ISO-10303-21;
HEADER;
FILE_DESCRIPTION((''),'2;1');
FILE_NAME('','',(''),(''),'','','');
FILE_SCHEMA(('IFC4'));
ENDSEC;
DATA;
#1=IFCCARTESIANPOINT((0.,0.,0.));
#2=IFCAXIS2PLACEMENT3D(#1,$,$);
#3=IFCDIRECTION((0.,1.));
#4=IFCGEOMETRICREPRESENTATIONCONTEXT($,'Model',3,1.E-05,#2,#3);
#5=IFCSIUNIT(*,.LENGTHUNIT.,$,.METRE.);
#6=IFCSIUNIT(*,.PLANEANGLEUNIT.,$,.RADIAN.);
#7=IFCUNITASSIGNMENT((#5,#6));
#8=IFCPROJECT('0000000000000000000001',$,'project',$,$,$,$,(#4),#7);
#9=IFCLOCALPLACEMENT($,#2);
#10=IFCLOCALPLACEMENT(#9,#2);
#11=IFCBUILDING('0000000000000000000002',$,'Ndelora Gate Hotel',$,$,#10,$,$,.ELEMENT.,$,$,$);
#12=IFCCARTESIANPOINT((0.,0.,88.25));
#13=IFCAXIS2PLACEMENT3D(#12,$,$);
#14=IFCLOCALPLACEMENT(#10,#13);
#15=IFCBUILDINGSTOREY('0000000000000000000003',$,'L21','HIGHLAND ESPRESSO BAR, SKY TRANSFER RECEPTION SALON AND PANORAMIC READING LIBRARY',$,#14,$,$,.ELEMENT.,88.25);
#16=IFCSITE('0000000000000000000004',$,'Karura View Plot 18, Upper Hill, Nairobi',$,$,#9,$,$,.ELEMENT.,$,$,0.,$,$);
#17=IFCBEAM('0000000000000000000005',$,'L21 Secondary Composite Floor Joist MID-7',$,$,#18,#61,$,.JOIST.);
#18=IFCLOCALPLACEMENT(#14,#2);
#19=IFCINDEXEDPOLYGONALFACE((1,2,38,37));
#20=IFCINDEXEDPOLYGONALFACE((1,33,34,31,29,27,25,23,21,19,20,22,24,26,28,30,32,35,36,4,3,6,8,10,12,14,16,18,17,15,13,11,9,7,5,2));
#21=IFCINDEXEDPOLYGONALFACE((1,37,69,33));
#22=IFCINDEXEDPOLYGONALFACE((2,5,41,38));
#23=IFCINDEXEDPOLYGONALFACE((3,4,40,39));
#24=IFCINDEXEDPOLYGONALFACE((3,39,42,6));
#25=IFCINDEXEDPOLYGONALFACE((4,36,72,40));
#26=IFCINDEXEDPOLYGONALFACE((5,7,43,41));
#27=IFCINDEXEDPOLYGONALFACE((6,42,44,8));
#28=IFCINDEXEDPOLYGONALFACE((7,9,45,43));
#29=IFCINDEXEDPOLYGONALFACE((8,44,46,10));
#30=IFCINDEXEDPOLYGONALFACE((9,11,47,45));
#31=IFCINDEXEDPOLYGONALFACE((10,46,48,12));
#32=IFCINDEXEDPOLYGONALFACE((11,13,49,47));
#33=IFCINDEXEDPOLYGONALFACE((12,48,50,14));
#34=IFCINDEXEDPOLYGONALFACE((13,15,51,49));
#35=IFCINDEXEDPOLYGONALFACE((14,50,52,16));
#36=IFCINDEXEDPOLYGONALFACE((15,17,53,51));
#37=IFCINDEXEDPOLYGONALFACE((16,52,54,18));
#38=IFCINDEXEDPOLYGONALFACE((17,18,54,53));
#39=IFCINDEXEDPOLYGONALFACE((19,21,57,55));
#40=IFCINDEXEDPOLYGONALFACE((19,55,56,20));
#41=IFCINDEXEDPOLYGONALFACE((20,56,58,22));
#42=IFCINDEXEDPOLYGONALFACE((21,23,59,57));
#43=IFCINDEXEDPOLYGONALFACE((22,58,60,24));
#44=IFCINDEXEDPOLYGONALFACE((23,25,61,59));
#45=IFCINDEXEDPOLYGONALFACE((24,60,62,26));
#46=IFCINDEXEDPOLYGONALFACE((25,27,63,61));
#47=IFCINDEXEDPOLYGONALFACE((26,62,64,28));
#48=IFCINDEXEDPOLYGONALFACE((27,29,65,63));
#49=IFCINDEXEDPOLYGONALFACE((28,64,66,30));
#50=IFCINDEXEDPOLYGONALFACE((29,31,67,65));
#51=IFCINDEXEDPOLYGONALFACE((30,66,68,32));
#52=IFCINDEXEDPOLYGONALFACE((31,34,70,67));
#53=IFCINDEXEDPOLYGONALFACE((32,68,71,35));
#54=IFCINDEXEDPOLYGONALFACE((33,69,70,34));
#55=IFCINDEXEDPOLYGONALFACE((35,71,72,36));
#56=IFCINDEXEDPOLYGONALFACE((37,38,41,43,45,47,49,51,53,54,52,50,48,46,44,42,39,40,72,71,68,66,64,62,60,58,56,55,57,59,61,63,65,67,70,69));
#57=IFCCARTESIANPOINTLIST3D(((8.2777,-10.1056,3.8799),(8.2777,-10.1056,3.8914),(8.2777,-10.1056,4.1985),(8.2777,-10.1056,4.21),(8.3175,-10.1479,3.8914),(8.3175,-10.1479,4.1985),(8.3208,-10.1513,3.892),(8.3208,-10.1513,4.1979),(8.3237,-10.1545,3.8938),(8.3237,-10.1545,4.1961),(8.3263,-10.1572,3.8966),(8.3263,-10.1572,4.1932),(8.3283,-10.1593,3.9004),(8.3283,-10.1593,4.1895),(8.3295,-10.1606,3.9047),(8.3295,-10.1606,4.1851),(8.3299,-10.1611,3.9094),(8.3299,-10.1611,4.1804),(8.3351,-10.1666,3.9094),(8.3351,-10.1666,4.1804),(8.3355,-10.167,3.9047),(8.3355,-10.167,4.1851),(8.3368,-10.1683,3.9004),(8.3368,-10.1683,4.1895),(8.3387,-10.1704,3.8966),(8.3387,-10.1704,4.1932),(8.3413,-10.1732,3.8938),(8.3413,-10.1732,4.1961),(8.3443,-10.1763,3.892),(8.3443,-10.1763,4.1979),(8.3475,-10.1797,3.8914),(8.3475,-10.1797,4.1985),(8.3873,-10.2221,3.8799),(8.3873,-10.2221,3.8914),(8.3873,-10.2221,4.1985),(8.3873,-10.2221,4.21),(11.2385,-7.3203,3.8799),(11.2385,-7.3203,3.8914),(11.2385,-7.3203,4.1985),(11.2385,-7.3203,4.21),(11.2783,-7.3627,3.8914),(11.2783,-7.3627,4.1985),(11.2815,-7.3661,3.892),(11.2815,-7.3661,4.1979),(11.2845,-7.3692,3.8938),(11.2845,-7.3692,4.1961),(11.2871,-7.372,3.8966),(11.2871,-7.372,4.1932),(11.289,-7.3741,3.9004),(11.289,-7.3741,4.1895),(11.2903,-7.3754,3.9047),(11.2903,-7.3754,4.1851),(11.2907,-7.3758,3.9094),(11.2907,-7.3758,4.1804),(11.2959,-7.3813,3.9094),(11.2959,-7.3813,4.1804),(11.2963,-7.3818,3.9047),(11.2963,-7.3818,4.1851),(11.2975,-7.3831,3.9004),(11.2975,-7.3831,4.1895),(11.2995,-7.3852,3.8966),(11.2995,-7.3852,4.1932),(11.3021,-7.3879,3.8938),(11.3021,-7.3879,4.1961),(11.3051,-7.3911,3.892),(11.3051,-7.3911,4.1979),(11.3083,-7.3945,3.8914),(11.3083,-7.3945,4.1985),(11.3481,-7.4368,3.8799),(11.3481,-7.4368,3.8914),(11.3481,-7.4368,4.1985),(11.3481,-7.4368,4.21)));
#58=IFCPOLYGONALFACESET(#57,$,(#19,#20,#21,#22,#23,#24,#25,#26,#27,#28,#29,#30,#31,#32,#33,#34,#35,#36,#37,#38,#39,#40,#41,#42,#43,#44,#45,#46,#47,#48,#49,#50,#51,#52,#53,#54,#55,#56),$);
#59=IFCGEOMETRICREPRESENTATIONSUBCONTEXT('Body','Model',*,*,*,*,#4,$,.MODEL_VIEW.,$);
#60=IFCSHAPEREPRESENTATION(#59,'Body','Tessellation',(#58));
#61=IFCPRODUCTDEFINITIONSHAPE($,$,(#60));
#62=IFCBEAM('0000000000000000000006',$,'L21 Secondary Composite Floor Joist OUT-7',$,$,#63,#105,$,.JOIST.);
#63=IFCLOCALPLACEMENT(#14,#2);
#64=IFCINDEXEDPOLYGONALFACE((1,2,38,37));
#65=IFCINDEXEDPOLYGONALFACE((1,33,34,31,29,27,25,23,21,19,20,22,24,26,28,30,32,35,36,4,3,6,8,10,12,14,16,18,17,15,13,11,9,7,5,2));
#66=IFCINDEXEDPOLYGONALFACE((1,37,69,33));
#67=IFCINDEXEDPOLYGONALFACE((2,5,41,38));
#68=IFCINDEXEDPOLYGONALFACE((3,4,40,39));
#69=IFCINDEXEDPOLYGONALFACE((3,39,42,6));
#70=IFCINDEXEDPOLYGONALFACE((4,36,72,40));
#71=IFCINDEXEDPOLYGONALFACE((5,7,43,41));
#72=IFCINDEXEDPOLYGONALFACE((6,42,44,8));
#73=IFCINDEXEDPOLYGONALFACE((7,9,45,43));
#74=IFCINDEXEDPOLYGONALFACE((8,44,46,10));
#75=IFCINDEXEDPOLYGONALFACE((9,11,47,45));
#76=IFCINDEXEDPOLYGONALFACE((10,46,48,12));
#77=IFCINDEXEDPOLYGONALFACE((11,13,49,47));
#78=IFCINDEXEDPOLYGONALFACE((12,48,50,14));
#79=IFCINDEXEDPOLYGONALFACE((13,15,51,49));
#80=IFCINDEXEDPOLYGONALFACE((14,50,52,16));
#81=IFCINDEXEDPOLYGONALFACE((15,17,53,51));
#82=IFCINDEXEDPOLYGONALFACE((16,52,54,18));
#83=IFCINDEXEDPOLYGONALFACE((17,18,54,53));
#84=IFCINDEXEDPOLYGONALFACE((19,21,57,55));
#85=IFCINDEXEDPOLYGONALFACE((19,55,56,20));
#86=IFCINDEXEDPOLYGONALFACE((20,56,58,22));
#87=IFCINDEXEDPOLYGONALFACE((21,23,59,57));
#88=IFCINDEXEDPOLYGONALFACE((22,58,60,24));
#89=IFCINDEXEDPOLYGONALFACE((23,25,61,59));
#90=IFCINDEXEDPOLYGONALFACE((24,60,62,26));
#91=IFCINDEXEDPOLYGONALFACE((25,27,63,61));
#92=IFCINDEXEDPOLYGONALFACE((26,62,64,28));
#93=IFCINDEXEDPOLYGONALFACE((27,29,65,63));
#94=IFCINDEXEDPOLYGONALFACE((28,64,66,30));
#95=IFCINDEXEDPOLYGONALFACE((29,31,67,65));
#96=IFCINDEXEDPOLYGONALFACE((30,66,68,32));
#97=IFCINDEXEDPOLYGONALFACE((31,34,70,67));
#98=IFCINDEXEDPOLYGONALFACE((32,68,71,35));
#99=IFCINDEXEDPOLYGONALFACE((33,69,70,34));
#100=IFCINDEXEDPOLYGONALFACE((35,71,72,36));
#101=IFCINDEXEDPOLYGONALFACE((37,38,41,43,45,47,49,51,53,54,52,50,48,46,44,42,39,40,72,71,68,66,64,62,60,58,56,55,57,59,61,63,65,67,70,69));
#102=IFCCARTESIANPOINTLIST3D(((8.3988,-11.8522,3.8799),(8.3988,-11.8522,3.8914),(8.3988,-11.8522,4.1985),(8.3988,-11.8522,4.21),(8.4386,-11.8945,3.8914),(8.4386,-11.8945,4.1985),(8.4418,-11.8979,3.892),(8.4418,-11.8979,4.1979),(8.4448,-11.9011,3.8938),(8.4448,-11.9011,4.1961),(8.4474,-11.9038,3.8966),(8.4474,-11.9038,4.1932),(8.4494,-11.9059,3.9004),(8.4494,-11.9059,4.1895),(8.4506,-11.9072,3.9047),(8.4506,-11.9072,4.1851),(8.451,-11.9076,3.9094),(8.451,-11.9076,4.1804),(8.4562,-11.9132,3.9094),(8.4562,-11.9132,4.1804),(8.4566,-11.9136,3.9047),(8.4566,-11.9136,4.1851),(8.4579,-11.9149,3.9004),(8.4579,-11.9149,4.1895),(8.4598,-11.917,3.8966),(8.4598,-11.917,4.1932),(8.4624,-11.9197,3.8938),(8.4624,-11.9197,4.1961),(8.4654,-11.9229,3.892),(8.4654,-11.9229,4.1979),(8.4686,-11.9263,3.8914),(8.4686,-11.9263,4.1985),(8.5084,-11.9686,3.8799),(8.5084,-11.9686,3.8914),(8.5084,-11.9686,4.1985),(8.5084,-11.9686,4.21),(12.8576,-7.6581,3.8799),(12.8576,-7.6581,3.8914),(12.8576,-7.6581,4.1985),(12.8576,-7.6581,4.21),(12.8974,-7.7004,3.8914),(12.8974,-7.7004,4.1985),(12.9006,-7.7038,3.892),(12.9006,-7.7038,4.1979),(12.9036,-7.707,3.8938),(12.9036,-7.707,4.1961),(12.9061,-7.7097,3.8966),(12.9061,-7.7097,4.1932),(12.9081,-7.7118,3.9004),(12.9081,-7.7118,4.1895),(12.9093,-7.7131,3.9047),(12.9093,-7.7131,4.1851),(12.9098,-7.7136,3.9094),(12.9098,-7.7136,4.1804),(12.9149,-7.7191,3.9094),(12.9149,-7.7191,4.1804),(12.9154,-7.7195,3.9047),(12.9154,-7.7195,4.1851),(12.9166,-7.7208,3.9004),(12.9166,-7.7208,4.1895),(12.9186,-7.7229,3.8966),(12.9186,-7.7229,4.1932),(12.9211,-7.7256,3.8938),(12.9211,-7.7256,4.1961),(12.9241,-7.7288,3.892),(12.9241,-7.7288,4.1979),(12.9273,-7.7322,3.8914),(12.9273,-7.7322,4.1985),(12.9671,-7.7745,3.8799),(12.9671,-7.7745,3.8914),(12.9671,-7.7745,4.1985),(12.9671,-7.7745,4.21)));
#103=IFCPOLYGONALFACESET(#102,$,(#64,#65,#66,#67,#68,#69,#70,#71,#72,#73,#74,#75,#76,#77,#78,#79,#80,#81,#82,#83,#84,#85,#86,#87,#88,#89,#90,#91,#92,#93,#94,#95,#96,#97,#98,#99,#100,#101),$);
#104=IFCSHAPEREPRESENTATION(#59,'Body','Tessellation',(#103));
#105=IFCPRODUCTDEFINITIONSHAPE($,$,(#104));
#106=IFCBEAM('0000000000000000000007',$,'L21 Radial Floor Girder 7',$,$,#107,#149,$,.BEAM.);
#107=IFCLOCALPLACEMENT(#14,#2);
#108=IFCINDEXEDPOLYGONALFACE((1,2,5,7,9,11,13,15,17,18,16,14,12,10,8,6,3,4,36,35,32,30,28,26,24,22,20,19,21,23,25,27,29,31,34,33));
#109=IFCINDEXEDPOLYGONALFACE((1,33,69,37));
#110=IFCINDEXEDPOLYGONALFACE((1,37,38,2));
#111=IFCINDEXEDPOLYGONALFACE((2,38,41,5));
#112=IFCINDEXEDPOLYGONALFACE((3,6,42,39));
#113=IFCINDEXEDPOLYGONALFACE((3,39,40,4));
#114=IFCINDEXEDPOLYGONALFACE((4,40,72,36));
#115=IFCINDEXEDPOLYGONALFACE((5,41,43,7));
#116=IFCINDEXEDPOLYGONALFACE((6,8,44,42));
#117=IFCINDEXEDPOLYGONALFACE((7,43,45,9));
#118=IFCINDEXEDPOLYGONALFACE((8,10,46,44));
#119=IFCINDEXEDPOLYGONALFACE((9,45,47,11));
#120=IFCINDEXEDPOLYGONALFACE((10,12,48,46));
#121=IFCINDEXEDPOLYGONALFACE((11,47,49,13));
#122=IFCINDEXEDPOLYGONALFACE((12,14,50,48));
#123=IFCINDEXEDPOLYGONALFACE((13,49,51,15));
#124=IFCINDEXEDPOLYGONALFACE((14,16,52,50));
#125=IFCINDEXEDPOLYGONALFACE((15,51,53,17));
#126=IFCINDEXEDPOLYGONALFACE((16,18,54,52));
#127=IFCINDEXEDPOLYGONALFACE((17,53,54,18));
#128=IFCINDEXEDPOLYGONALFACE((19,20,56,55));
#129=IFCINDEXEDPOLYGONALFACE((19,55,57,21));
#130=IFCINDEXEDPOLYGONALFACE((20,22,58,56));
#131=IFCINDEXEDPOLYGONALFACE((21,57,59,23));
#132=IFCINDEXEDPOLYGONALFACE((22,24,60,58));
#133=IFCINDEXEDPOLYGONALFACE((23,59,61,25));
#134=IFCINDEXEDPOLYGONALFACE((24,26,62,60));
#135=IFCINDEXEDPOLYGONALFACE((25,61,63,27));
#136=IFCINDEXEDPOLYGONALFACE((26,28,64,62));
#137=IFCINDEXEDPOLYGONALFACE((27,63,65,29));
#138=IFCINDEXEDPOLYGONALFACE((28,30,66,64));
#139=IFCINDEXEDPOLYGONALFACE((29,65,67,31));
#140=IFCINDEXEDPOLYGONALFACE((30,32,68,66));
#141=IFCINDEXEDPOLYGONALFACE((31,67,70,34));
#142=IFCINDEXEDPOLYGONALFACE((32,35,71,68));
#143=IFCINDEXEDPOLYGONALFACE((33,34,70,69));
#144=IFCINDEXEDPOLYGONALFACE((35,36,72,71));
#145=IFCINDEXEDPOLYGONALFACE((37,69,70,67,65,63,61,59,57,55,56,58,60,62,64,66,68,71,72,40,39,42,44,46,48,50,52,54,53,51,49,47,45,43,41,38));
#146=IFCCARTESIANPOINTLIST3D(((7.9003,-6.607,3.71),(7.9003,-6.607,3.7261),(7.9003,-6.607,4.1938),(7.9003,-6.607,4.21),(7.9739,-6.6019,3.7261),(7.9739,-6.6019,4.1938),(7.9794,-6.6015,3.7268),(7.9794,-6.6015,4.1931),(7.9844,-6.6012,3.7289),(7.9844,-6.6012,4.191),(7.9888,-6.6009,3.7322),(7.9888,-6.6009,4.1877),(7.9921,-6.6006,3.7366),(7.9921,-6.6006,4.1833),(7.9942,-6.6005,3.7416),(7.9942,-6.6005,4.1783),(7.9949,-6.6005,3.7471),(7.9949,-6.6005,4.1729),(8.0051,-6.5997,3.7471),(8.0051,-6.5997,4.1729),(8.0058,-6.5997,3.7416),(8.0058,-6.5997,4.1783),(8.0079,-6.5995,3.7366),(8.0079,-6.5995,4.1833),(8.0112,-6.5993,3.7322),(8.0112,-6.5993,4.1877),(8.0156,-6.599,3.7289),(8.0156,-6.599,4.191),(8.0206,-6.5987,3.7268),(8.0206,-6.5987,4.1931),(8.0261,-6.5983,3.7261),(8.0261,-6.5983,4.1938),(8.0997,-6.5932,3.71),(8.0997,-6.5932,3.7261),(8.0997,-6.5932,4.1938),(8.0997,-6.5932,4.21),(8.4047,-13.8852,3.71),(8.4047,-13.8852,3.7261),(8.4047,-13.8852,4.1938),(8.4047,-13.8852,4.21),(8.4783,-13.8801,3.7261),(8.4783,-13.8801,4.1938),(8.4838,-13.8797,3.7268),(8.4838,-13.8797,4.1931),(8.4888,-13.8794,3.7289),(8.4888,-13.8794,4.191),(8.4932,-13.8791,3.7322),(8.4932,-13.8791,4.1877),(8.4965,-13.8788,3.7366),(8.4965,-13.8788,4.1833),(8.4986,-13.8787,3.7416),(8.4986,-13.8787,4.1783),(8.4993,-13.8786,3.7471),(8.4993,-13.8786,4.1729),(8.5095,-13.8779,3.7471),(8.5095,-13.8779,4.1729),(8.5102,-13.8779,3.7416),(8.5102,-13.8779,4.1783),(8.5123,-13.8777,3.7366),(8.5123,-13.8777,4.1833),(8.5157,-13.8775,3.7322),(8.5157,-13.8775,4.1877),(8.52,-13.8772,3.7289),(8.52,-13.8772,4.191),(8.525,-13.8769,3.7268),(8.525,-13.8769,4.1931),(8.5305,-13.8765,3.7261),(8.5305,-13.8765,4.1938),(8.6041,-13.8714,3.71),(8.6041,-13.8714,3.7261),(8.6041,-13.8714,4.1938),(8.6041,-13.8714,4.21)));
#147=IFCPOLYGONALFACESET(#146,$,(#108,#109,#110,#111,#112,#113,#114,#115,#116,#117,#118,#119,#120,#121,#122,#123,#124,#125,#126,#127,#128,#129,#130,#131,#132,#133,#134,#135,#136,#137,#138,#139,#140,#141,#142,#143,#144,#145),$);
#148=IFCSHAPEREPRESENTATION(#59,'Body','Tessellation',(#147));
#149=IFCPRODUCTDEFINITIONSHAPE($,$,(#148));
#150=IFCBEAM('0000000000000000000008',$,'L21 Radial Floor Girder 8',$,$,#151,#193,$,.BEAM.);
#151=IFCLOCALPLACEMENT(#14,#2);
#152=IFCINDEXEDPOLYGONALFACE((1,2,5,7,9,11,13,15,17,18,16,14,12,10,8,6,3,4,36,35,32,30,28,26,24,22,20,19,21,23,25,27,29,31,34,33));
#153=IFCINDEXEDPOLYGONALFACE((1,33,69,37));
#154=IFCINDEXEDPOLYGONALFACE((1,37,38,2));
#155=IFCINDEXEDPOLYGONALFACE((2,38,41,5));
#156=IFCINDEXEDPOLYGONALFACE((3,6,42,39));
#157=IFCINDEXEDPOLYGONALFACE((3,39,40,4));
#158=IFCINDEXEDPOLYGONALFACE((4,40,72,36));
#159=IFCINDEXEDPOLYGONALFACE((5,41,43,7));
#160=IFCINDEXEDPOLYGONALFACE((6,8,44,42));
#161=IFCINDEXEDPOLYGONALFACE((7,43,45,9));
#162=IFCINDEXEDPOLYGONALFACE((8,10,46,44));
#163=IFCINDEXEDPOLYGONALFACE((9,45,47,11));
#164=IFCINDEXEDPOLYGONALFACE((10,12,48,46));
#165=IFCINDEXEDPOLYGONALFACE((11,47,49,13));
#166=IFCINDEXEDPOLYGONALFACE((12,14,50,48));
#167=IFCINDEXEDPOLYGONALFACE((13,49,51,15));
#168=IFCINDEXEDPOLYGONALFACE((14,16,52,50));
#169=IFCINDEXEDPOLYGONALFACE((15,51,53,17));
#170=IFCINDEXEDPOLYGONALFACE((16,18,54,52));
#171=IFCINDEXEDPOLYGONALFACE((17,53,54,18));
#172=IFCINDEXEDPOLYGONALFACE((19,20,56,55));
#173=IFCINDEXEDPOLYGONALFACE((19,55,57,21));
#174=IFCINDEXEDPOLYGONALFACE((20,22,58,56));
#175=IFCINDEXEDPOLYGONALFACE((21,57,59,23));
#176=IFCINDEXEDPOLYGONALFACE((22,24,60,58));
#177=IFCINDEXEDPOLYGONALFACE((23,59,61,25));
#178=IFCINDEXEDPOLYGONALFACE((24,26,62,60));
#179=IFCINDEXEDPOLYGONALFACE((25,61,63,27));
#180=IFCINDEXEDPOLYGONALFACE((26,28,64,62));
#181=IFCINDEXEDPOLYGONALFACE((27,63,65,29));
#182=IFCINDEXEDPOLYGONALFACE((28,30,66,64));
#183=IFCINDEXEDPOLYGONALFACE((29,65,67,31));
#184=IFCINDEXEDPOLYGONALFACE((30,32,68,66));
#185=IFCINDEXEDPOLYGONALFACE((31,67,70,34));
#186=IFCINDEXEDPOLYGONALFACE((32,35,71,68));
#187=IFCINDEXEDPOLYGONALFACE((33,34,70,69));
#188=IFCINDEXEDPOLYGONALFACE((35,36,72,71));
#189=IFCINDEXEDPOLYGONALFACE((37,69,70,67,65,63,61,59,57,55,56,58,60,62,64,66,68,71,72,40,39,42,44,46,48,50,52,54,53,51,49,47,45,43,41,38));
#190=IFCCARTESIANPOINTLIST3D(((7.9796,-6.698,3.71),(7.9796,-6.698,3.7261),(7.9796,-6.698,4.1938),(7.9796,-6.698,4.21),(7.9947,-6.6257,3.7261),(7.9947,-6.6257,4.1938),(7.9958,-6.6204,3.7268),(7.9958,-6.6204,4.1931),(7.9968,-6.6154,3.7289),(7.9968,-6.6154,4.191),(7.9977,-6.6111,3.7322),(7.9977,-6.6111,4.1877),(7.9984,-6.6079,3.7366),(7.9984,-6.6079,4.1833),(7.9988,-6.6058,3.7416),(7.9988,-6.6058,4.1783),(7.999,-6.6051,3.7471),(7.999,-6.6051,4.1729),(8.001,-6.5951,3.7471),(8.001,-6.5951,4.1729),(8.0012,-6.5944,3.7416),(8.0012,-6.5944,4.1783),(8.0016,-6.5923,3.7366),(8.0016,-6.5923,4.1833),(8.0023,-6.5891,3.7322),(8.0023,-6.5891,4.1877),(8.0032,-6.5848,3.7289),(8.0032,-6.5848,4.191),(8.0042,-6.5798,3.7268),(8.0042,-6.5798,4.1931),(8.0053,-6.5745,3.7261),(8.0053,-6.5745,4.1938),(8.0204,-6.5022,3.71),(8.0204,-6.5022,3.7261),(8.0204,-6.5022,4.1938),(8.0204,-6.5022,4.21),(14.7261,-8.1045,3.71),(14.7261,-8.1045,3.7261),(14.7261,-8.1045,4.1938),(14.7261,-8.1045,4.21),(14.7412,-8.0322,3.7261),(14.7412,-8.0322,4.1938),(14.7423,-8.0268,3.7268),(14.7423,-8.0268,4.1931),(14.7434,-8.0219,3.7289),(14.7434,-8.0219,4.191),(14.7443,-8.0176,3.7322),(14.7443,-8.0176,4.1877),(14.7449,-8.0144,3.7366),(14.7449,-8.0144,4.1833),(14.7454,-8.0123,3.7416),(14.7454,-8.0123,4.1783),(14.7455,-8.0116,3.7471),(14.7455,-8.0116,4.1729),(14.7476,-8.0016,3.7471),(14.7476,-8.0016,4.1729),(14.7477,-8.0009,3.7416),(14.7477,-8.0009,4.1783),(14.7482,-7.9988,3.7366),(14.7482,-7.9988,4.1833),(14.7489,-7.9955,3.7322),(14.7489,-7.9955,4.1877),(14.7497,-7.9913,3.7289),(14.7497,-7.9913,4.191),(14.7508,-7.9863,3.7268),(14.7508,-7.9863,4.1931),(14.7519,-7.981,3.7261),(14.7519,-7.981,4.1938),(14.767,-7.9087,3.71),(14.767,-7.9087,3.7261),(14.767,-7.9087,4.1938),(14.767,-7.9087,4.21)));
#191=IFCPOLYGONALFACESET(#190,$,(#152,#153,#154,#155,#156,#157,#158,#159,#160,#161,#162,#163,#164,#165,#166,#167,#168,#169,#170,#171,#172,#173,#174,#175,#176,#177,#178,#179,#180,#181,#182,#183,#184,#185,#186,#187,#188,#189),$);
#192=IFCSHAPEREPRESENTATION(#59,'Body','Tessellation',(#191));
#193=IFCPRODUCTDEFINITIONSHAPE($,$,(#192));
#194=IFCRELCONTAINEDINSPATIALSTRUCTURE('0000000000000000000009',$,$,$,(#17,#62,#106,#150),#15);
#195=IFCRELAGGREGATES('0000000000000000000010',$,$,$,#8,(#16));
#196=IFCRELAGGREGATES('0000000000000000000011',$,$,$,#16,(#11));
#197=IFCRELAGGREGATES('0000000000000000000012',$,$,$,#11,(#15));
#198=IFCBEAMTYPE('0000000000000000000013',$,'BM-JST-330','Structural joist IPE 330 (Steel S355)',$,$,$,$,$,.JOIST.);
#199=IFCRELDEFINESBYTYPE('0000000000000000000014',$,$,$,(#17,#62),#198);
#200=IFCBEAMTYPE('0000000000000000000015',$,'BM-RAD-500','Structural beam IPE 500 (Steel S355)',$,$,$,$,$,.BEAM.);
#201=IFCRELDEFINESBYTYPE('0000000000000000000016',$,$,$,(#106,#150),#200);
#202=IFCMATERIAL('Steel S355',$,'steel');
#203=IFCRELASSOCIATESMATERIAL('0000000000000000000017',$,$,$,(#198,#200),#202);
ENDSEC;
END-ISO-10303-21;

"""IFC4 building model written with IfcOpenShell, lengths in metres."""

from ifc_helpers import new_model, si_unit, direction, frame, origin, origin_2d, place, context, subcontext, project, spatial, i_section, extrude, material, material_profile, profile_set, type_object, element, save


model = new_model("IFC4")

# Units and contexts
model_context = context("Model", 3, precision=1e-05, world=origin(), true_north=direction((0.0, 1.0)))
body_context = subcontext(model_context, "Body", "Model", "MODEL_VIEW")
ifc_project = project(units=[si_unit("LENGTHUNIT", "METRE"), si_unit("PLANEANGLEUNIT", "RADIAN")], contexts=[model_context])

# Site, building, storey
site_placement = place(None, origin())
site = spatial("IfcSite", under=ifc_project, at=site_placement, Name="Karura View Plot 18, Upper Hill, Nairobi", CompositionType="ELEMENT", RefElevation=0.0)
building_placement = place(site_placement, origin())
building = spatial("IfcBuilding", under=site, at=building_placement, Name="Ndelora Gate Hotel", CompositionType="ELEMENT")
storey_placement = place(building_placement, frame((0.0, 0.0, 88.25)))
storey = spatial("IfcBuildingStorey", under=building, at=storey_placement, Name="L21", Description="HIGHLAND ESPRESSO BAR, SKY TRANSFER RECEPTION SALON AND PANORAMIC READING LIBRARY", CompositionType="ELEMENT", Elevation=88.25)

# Beams
ifc_material_1 = material(Name="Steel S355", Category="steel")
ifc_material_profile_1 = material_profile(ifc_material_1, i_section(OverallWidth=0.1599, OverallDepth=0.3301, WebThickness=0.0076, FlangeThickness=0.0115, FilletRadius=0.0181, at=origin_2d()), Name="IPE 330")
ifc_profile_set_1 = profile_set([ifc_material_profile_1], Name="Steel S355")
beam_type_1 = type_object("IfcBeamType", Name="BM-JST-330", Description="Structural joist IPE 330 (Steel S355)", PredefinedType="JOIST", material=ifc_profile_set_1)
beam_1_placement = place(storey_placement, frame((8.3325, -10.1638, 4.0449), z_axis=(0.728369, 0.685185, 0.0), x_axis=(-0.685185, 0.728369, 0.0)))
element("IfcBeam", 1, at=beam_1_placement, inside=storey, type_object=beam_type_1, Name="L21 Secondary Composite Floor Joist MID-7", PredefinedType="JOIST", context=body_context, shape_type="SweptSolid", body=[
    extrude(i_section(OverallWidth=0.1599, OverallDepth=0.3301, WebThickness=0.0076, FlangeThickness=0.0115, FilletRadius=0.0181, at=origin_2d()), origin(), (0.0, 0.0, 1.0), 4.0649),
])
beam_2_placement = place(storey_placement, frame((8.4536, -11.9104, 4.0449), z_axis=(0.728393, 0.685159, 0.0), x_axis=(-0.685159, 0.728393, 0.0)))
element("IfcBeam", 2, at=beam_2_placement, inside=storey, type_object=beam_type_1, Name="L21 Secondary Composite Floor Joist OUT-7", PredefinedType="JOIST", context=body_context, shape_type="SweptSolid", body=[
    extrude(i_section(OverallWidth=0.1599, OverallDepth=0.3301, WebThickness=0.0076, FlangeThickness=0.0115, FilletRadius=0.0181, at=origin_2d()), origin(), (0.0, 0.0, 1.0), 6.1213),
])
ifc_material_profile_2 = material_profile(ifc_material_1, i_section(OverallWidth=0.2, OverallDepth=0.5, WebThickness=0.0103, FlangeThickness=0.0161, FilletRadius=0.021, at=origin_2d()), Name="IPE 500")
ifc_profile_set_2 = profile_set([ifc_material_profile_2], Name="Steel S355")
beam_type_2 = type_object("IfcBeamType", Name="BM-RAD-500", Description="Structural beam IPE 500 (Steel S355)", PredefinedType="BEAM", material=ifc_profile_set_2)
beam_3_placement = place(storey_placement, frame((8.0, -6.6001, 3.96), z_axis=(0.069137, -0.997607, 0.0), x_axis=(0.997607, 0.069137, 0.0)))
element("IfcBeam", 3, at=beam_3_placement, inside=storey, type_object=beam_type_2, Name="L21 Radial Floor Girder 7", PredefinedType="BEAM", context=body_context, shape_type="SweptSolid", body=[
    extrude(i_section(OverallWidth=0.2, OverallDepth=0.5, WebThickness=0.0103, FlangeThickness=0.0161, FilletRadius=0.021, at=origin_2d()), origin(), (0.0, 0.0, 1.0), 7.2957),
])
beam_4_placement = place(storey_placement, frame((8.0, -6.6001, 3.96), z_axis=(0.978953, -0.204087, 0.0), x_axis=(0.204087, 0.978953, 0.0)))
element("IfcBeam", 4, at=beam_4_placement, inside=storey, type_object=beam_type_2, Name="L21 Radial Floor Girder 8", PredefinedType="BEAM", context=body_context, shape_type="SweptSolid", body=[
    extrude(i_section(OverallWidth=0.2, OverallDepth=0.5, WebThickness=0.0103, FlangeThickness=0.0161, FilletRadius=0.021, at=origin_2d()), origin(), (0.0, 0.0, 1.0), 6.8916),
])

save(model, "model.ifc")
